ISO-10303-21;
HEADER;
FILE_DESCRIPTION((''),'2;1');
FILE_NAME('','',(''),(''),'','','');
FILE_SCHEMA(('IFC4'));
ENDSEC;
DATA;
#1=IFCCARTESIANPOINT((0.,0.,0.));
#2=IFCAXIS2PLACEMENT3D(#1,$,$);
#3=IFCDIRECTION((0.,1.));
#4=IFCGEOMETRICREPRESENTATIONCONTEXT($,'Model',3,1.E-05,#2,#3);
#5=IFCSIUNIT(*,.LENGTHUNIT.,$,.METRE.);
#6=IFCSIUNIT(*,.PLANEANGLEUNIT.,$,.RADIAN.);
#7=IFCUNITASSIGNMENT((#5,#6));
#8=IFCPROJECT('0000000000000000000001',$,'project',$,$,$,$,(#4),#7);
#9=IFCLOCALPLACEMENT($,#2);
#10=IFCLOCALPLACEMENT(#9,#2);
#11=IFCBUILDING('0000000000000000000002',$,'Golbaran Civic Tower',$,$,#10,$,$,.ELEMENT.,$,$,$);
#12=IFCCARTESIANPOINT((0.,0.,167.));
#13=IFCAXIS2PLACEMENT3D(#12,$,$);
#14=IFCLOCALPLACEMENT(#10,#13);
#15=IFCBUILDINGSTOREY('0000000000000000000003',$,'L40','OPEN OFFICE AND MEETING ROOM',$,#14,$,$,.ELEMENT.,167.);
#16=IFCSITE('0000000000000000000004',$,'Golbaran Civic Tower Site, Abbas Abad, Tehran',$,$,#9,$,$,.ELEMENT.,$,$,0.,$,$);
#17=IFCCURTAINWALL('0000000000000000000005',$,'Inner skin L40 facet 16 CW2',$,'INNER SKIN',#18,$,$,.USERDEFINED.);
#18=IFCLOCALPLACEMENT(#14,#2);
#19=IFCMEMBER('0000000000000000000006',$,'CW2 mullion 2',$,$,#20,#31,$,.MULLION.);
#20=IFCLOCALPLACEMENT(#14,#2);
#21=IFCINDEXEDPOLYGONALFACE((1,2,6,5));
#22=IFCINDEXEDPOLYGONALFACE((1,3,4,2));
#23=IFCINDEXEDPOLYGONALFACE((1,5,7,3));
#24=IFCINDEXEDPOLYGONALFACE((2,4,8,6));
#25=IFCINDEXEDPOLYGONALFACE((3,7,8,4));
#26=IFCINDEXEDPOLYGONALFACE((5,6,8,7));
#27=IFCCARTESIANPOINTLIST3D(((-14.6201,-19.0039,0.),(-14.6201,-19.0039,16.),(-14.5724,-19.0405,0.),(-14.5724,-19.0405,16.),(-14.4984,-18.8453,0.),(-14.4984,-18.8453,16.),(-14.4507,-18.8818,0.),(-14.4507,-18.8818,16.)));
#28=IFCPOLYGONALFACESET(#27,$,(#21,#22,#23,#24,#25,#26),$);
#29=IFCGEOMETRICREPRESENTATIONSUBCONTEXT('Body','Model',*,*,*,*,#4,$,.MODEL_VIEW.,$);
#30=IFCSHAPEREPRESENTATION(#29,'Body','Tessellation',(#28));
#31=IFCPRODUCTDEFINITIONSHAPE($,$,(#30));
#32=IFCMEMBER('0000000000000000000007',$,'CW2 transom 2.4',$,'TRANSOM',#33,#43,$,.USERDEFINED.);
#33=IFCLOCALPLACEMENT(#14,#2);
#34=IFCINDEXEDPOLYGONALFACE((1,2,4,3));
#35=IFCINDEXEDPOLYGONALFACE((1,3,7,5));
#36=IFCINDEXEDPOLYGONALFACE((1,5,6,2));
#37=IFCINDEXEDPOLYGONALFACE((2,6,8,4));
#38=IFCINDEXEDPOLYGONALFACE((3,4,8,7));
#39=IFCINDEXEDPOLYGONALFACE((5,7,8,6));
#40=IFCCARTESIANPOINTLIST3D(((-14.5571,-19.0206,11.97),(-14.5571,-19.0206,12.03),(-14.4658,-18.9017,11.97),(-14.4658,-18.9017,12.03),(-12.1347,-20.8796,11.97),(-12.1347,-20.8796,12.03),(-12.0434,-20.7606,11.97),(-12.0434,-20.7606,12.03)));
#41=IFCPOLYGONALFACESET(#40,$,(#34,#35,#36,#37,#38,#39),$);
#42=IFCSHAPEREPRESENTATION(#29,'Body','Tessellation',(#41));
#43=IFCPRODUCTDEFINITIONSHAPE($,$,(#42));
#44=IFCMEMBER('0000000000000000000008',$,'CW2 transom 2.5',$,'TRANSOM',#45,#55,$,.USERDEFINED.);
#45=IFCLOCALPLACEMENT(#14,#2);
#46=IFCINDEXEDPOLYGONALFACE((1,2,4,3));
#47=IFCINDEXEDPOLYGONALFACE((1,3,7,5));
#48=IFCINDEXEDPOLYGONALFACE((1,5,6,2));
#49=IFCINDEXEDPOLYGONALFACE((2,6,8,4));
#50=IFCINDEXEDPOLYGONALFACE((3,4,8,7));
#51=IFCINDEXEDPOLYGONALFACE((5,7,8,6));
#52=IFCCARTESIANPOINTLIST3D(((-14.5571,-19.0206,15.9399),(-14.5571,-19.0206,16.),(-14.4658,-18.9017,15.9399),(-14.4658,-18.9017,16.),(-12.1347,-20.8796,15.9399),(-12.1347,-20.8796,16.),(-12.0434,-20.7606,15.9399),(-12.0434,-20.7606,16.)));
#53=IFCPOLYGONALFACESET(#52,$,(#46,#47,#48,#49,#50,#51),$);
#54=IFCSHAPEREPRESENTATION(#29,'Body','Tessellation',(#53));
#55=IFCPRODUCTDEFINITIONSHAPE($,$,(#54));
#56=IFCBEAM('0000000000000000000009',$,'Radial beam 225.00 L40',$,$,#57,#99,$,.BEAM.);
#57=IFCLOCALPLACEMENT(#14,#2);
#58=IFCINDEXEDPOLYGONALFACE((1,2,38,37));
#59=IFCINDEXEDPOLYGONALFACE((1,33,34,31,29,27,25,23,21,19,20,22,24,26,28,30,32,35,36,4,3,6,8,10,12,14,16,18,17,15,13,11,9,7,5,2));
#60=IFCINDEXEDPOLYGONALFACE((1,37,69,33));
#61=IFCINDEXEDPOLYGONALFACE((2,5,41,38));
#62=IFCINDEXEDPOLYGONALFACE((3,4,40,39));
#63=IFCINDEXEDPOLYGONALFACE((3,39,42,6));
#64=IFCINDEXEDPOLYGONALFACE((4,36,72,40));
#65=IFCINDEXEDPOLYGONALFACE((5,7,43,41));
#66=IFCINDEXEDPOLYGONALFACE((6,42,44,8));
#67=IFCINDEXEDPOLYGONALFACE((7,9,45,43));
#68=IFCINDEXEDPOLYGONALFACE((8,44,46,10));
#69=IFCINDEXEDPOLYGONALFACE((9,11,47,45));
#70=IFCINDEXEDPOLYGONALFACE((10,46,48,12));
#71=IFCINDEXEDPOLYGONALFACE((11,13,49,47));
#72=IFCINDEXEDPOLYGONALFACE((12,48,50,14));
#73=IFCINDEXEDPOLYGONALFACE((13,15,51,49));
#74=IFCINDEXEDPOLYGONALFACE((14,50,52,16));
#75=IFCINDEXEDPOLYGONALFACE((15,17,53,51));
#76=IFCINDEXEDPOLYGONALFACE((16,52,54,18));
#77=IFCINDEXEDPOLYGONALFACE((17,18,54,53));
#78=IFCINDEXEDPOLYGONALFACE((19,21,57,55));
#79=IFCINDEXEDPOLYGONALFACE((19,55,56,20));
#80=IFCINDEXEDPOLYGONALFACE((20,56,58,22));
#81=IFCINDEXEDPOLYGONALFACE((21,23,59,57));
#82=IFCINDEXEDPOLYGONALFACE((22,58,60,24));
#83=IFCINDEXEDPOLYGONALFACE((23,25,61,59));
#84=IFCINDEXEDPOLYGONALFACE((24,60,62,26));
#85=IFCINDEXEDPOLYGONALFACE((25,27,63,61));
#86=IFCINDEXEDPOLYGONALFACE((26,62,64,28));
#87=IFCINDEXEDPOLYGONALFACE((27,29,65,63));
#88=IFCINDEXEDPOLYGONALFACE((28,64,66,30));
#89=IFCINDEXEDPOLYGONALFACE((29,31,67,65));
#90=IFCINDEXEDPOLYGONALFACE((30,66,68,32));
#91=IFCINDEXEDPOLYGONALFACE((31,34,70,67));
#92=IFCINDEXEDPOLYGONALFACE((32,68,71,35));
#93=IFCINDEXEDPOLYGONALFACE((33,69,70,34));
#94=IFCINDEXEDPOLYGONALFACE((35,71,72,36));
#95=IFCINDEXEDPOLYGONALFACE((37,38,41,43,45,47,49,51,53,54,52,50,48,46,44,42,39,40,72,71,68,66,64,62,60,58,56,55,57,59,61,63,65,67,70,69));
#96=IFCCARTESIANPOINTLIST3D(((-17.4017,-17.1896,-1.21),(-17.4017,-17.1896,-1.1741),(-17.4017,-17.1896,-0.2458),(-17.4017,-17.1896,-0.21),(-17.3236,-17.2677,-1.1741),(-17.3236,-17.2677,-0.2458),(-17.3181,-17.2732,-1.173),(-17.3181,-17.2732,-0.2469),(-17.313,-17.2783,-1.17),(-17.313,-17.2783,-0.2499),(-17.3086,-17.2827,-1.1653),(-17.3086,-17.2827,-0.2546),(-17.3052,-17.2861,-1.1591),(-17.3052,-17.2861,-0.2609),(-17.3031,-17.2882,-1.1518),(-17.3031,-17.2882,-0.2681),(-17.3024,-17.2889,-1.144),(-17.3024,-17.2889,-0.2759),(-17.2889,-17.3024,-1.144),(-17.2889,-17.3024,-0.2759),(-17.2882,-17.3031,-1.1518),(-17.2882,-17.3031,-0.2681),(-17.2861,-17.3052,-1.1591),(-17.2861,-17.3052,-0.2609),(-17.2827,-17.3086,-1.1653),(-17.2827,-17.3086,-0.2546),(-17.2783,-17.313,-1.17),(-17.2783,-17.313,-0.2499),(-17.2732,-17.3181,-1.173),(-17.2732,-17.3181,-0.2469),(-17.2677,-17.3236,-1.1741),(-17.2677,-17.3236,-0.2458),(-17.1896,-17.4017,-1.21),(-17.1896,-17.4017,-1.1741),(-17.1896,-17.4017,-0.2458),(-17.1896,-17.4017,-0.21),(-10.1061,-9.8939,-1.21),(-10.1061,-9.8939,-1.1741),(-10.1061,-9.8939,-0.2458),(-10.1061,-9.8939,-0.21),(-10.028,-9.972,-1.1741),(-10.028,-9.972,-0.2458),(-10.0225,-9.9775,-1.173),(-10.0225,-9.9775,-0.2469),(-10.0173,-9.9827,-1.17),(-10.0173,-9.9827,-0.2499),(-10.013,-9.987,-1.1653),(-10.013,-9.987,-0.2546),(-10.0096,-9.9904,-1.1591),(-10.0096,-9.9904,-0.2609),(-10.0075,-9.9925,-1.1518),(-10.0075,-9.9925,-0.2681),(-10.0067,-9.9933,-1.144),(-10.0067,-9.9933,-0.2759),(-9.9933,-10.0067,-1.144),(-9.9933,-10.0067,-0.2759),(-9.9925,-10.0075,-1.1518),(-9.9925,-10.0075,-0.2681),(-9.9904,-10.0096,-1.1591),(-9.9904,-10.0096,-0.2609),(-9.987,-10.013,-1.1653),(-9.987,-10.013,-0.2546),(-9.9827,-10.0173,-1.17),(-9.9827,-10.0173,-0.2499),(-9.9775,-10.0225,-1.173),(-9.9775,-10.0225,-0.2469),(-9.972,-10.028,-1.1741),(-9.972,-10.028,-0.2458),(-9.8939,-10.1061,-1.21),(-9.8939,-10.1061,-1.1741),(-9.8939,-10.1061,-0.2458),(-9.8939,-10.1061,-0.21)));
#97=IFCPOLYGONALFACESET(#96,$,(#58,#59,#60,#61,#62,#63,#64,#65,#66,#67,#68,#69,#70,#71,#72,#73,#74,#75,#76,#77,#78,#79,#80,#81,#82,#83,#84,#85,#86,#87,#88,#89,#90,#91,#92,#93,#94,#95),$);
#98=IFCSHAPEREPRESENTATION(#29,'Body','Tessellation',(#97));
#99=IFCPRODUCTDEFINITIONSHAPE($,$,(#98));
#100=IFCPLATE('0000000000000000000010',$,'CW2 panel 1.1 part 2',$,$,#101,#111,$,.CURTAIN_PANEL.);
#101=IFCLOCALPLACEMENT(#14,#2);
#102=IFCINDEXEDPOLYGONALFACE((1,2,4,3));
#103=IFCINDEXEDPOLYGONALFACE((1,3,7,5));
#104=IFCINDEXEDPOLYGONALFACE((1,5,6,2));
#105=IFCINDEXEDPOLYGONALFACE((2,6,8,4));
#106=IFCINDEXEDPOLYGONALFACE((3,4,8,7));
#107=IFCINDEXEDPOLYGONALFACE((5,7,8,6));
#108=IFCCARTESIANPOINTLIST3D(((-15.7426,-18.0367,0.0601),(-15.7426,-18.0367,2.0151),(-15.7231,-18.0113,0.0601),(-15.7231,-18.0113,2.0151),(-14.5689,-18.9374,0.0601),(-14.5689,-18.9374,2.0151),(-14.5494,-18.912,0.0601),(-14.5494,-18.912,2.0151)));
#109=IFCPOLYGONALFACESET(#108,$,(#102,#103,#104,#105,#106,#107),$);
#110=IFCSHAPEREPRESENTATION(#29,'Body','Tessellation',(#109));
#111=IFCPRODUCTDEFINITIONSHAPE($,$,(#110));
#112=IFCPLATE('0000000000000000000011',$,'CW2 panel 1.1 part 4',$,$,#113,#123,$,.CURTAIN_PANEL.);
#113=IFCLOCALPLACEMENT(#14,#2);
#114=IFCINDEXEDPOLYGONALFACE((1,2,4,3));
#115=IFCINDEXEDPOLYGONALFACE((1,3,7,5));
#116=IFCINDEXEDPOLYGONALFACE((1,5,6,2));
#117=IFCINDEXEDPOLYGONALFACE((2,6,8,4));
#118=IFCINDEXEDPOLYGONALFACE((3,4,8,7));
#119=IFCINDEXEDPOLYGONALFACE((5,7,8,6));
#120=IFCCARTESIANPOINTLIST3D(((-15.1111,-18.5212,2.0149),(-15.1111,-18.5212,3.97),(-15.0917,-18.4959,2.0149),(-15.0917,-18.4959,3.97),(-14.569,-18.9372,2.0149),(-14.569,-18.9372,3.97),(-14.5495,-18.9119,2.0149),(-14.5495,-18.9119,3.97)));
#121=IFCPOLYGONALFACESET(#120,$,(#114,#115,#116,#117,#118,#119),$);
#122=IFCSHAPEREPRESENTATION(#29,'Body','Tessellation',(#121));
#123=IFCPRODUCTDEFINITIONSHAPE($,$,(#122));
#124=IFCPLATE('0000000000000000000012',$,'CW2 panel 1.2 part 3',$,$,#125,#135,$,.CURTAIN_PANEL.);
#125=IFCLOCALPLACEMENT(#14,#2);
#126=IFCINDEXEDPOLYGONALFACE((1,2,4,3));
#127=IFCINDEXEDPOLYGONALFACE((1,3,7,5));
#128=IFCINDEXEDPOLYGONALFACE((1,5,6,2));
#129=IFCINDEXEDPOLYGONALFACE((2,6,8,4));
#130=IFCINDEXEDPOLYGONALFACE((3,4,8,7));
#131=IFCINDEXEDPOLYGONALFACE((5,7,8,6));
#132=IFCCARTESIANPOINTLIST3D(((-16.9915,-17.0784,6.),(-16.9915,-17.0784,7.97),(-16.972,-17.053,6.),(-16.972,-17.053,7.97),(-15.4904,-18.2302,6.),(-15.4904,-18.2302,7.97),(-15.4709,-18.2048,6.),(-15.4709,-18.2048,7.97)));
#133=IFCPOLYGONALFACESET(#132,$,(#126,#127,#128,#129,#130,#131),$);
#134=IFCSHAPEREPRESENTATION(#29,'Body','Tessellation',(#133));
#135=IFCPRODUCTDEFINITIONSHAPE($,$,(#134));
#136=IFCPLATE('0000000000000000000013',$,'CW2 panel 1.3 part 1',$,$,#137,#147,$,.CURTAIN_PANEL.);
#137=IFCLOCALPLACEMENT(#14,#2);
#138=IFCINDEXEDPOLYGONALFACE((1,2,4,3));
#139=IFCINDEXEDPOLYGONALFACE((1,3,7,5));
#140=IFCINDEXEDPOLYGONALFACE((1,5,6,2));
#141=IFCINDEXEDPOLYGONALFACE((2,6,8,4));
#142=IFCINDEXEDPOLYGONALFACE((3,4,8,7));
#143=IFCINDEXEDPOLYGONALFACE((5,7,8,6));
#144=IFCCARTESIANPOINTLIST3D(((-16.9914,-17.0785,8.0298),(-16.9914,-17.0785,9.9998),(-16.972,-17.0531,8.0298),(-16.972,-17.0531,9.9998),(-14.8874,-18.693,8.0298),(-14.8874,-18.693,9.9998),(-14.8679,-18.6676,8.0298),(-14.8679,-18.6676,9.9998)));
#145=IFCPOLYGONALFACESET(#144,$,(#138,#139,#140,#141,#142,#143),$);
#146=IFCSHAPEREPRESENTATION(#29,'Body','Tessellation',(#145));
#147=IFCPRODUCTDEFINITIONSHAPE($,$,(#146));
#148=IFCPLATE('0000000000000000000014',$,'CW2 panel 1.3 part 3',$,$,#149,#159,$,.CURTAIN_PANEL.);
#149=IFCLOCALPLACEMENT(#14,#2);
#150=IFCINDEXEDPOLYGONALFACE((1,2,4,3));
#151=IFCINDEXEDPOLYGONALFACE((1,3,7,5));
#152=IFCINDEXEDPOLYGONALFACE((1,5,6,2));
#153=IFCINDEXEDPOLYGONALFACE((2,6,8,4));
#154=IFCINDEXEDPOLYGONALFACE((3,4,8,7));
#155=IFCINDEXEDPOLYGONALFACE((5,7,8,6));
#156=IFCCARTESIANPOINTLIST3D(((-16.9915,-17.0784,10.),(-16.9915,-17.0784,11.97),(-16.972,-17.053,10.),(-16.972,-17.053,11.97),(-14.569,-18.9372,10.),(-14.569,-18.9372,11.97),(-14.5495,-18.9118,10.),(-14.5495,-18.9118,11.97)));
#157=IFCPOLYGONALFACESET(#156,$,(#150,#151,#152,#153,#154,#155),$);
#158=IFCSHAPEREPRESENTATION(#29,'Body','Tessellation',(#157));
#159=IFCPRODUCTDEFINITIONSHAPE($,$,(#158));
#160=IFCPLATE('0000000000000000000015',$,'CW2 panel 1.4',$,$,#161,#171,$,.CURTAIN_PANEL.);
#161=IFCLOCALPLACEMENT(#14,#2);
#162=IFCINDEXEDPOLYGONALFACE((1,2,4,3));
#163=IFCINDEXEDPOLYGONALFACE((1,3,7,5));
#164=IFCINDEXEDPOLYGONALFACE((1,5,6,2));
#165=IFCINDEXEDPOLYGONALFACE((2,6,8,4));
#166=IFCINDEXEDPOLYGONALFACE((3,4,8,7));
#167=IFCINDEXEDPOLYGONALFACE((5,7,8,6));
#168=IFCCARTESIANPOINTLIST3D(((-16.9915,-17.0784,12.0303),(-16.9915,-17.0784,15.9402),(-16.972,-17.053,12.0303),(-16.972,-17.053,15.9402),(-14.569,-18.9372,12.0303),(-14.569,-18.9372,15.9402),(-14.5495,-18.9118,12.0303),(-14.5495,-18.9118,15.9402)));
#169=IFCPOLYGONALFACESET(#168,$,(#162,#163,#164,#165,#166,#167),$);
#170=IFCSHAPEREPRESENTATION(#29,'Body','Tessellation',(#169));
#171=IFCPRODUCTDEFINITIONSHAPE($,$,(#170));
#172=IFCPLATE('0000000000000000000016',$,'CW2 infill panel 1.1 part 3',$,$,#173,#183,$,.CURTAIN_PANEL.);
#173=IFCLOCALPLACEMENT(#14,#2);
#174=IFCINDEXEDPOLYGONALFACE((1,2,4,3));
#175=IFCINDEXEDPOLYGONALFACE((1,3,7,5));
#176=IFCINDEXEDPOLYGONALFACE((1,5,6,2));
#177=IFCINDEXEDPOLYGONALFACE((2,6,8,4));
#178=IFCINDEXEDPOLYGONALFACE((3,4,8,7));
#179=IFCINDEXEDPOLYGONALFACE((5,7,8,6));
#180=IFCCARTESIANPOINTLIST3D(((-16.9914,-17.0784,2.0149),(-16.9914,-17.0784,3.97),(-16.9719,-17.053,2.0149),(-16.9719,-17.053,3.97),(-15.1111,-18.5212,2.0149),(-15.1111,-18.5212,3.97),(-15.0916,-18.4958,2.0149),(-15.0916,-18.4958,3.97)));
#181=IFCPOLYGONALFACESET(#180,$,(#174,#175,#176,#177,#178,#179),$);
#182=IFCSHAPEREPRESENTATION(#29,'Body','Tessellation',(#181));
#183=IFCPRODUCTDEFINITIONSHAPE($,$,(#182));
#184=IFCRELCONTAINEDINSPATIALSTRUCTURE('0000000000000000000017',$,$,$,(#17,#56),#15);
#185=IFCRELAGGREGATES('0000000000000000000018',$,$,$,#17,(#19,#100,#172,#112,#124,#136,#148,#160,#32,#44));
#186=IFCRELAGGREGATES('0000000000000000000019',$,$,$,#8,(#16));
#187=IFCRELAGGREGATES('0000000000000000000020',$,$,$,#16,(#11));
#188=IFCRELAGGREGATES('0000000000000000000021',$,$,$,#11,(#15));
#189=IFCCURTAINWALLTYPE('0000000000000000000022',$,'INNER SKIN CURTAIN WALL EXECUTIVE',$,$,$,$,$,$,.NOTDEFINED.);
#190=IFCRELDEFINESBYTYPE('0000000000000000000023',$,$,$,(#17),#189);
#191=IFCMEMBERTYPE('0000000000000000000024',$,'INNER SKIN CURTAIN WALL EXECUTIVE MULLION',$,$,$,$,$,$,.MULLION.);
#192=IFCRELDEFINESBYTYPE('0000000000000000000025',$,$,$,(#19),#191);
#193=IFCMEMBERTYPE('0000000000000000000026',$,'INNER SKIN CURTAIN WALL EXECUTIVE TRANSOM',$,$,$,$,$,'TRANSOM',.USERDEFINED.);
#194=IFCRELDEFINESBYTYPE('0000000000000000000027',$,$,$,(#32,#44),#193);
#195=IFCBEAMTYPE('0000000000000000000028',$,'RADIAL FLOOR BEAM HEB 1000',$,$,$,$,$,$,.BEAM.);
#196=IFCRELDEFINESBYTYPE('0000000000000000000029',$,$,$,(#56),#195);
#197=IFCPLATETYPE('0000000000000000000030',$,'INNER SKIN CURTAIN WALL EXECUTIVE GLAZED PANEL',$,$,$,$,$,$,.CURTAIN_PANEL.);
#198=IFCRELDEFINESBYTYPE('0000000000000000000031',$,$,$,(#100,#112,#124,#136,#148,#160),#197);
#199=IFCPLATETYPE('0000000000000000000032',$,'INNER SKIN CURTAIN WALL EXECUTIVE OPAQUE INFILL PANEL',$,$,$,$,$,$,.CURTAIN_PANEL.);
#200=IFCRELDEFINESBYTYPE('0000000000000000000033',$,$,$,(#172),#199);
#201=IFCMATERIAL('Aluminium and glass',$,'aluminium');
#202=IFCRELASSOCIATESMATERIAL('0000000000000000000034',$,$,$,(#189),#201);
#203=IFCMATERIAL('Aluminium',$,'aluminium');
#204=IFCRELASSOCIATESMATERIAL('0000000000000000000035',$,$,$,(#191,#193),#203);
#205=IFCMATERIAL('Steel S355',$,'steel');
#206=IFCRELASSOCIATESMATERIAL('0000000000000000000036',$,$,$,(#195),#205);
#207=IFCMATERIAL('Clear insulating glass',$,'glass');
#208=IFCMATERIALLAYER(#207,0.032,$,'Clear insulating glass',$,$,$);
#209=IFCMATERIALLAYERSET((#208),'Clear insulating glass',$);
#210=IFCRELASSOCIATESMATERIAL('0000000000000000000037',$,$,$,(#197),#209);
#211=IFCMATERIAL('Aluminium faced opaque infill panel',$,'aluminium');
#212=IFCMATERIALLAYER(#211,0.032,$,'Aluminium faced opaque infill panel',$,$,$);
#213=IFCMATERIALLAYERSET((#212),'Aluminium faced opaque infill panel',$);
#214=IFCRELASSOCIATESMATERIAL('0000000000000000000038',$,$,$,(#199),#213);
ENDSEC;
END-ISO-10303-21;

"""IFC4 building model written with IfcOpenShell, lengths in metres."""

from ifc_helpers import new_model, si_unit, direction, frame, origin, origin_2d, place, context, subcontext, project, spatial, rectangle, i_section, extrude, material, layer, layer_set, material_profile, profile_set, type_object, element, aggregate, save


model = new_model("IFC4")

# Units and contexts
model_context = context("Model", 3, precision=1e-05, world=origin(), true_north=direction((0.0, 1.0)))
body_context = subcontext(model_context, "Body", "Model", "MODEL_VIEW")
ifc_project = project(units=[si_unit("LENGTHUNIT", "METRE"), si_unit("PLANEANGLEUNIT", "RADIAN")], contexts=[model_context])

# Site, building, storey
site_placement = place(None, origin())
site = spatial("IfcSite", under=ifc_project, at=site_placement, Name="Golbaran Civic Tower Site, Abbas Abad, Tehran", CompositionType="ELEMENT", RefElevation=0.0)
building_placement = place(site_placement, origin())
building = spatial("IfcBuilding", under=site, at=building_placement, Name="Golbaran Civic Tower", CompositionType="ELEMENT")
storey_placement = place(building_placement, frame((0.0, 0.0, 167.0)))
storey = spatial("IfcBuildingStorey", under=building, at=storey_placement, Name="L40", Description="OPEN OFFICE AND MEETING ROOM", CompositionType="ELEMENT", Elevation=167.0)

# Shared definitions
ifc_material_1 = material(Name="Steel S355", Category="steel")

# Curtain wall, members
ifc_material_2 = material(Name="Aluminium and glass", Category="aluminium")
curtain_wall_type = type_object("IfcCurtainWallType", Name="INNER SKIN CURTAIN WALL EXECUTIVE", PredefinedType="NOTDEFINED", material=ifc_material_2)
curtain_wall_placement = place(storey_placement, origin())
curtain_wall = element("IfcCurtainWall", 1, at=curtain_wall_placement, inside=storey, type_object=curtain_wall_type, Name="Inner skin L40 facet 16 CW2", ObjectType="INNER SKIN", PredefinedType="USERDEFINED")
ifc_material_3 = material(Name="Aluminium", Category="aluminium")
ifc_material_profile_1 = material_profile(ifc_material_3, rectangle(XDim=0.2, YDim=0.0601, at=origin_2d()), Name="INNER SKIN CURTAIN WALL EXECUTIVE MULLION")
ifc_profile_set_1 = profile_set([ifc_material_profile_1], Name="Aluminium")
member_type_1 = type_object("IfcMemberType", Name="INNER SKIN CURTAIN WALL EXECUTIVE MULLION", PredefinedType="MULLION", material=ifc_profile_set_1)
member_1_placement = place(storey_placement, frame((-14.5354, -18.9429, 0.0), z_axis=(0.0, 0.0, 1.0), x_axis=(0.608761, 0.793353, 0.0)))
member_1 = element("IfcMember", 2, at=member_1_placement, type_object=member_type_1, Name="CW2 mullion 2", PredefinedType="MULLION", context=body_context, shape_type="SweptSolid", body=[
    extrude(rectangle(XDim=0.2, YDim=0.0601, at=origin_2d()), origin(), (0.0, 0.0, 1.0), 16.0),
])
ifc_material_profile_2 = material_profile(ifc_material_3, rectangle(XDim=0.1499, YDim=0.0601, at=origin_2d()), Name="INNER SKIN CURTAIN WALL EXECUTIVE TRANSOM")
ifc_profile_set_2 = profile_set([ifc_material_profile_2], Name="Aluminium")
member_type_2 = type_object("IfcMemberType", Name="INNER SKIN CURTAIN WALL EXECUTIVE TRANSOM", ElementType="TRANSOM", PredefinedType="USERDEFINED", material=ifc_profile_set_2)
member_2_placement = place(storey_placement, frame((-14.5115, -18.9612, 12.0), z_axis=(0.793331, -0.608791, 0.0), x_axis=(0.608791, 0.793331, 0.0)))
member_2 = element("IfcMember", 3, at=member_2_placement, type_object=member_type_2, Name="CW2 transom 2.4", ObjectType="TRANSOM", PredefinedType="USERDEFINED", context=body_context, shape_type="SweptSolid", body=[
    extrude(rectangle(XDim=0.1499, YDim=0.0601, at=origin_2d()), origin(), (0.0, 0.0, 1.0), 3.0535),
])
member_3_placement = place(storey_placement, frame((-14.5115, -18.9612, 15.97), z_axis=(0.793331, -0.608791, 0.0), x_axis=(0.608791, 0.793331, 0.0)))
member_3 = element("IfcMember", 4, at=member_3_placement, type_object=member_type_2, Name="CW2 transom 2.5", ObjectType="TRANSOM", PredefinedType="USERDEFINED", context=body_context, shape_type="SweptSolid", body=[
    extrude(rectangle(XDim=0.1499, YDim=0.0601, at=origin_2d()), origin(), (0.0, 0.0, 1.0), 3.0535),
])

# Beam
ifc_material_profile_3 = material_profile(ifc_material_1, i_section(OverallWidth=0.3, OverallDepth=1.0, WebThickness=0.019, FlangeThickness=0.0359, FilletRadius=0.03, at=origin_2d()), Name="HEB 1000")
ifc_profile_set_3 = profile_set([ifc_material_profile_3], Name="Steel S355")
beam_type_1 = type_object("IfcBeamType", Name="RADIAL FLOOR BEAM HEB 1000", PredefinedType="BEAM", material=ifc_profile_set_3)
beam_1_placement = place(storey_placement, frame((-10.0, -10.0, -0.71), z_axis=(-0.707107, -0.707107, 0.0), x_axis=(0.707107, -0.707107, 0.0)))
element("IfcBeam", 5, at=beam_1_placement, inside=storey, type_object=beam_type_1, Name="Radial beam 225.00 L40", PredefinedType="BEAM", context=body_context, shape_type="SweptSolid", body=[
    extrude(i_section(OverallWidth=0.3, OverallDepth=1.0, WebThickness=0.019, FlangeThickness=0.0359, FilletRadius=0.03, at=origin_2d()), origin(), (0.0, 0.0, 1.0), 10.3176),
])

# Plates
ifc_material_4 = material(Name="Clear insulating glass", Category="glass")
ifc_layer_1 = layer(ifc_material_4, 0.032, Name="Clear insulating glass")
ifc_layer_set_1 = layer_set([ifc_layer_1], Name="Clear insulating glass")
plate_type_1 = type_object("IfcPlateType", Name="INNER SKIN CURTAIN WALL EXECUTIVE GLAZED PANEL", PredefinedType="CURTAIN_PANEL", material=ifc_layer_set_1)
plate_1_placement = place(storey_placement, frame((-15.146, -18.4744, 0.0601), z_axis=(0.0, 0.0, 1.0), x_axis=(0.793353, -0.608761, 0.0)))
plate_1 = element("IfcPlate", 6, at=plate_1_placement, type_object=plate_type_1, Name="CW2 panel 1.1 part 2", PredefinedType="CURTAIN_PANEL", context=body_context, shape_type="SweptSolid", body=[
    extrude(rectangle(XDim=1.4795, YDim=0.032, at=origin_2d()), origin(), (0.0, 0.0, 1.0), 1.9551),
])
plate_2_placement = place(storey_placement, frame((-14.8303, -18.7166, 2.0149), z_axis=(0.0, 0.0, 1.0), x_axis=(0.793353, -0.608761, 0.0)))
plate_2 = element("IfcPlate", 7, at=plate_2_placement, type_object=plate_type_1, Name="CW2 panel 1.1 part 4", PredefinedType="CURTAIN_PANEL", context=body_context, shape_type="SweptSolid", body=[
    extrude(rectangle(XDim=0.6833, YDim=0.032, at=origin_2d()), origin(), (0.0, 0.0, 1.0), 1.9551),
])
plate_3_placement = place(storey_placement, frame((-16.2312, -17.6416, 6.0), z_axis=(0.0, 0.0, 1.0), x_axis=(0.793353, -0.608761, 0.0)))
plate_3 = element("IfcPlate", 8, at=plate_3_placement, type_object=plate_type_1, Name="CW2 panel 1.2 part 3", PredefinedType="CURTAIN_PANEL", context=body_context, shape_type="SweptSolid", body=[
    extrude(rectangle(XDim=1.8921, YDim=0.032, at=origin_2d()), origin(), (0.0, 0.0, 1.0), 1.97),
])
plate_4_placement = place(storey_placement, frame((-15.9297, -17.873, 8.0298), z_axis=(0.0, 0.0, 1.0), x_axis=(0.793353, -0.608761, 0.0)))
plate_4 = element("IfcPlate", 9, at=plate_4_placement, type_object=plate_type_1, Name="CW2 panel 1.3 part 1", PredefinedType="CURTAIN_PANEL", context=body_context, shape_type="SweptSolid", body=[
    extrude(rectangle(XDim=2.6521, YDim=0.032, at=origin_2d()), origin(), (0.0, 0.0, 1.0), 1.97),
])
plate_5_placement = place(storey_placement, frame((-15.7705, -17.9951, 10.0), z_axis=(0.0, 0.0, 1.0), x_axis=(0.793353, -0.608761, 0.0)))
plate_5 = element("IfcPlate", 10, at=plate_5_placement, type_object=plate_type_1, Name="CW2 panel 1.3 part 3", PredefinedType="CURTAIN_PANEL", context=body_context, shape_type="SweptSolid", body=[
    extrude(rectangle(XDim=3.0535, YDim=0.032, at=origin_2d()), origin(), (0.0, 0.0, 1.0), 1.97),
])
plate_6_placement = place(storey_placement, frame((-15.7705, -17.9951, 12.0303), z_axis=(0.0, 0.0, 1.0), x_axis=(0.793353, -0.608761, 0.0)))
plate_6 = element("IfcPlate", 11, at=plate_6_placement, type_object=plate_type_1, Name="CW2 panel 1.4", PredefinedType="CURTAIN_PANEL", context=body_context, shape_type="SweptSolid", body=[
    extrude(rectangle(XDim=3.0535, YDim=0.032, at=origin_2d()), origin(), (0.0, 0.0, 1.0), 3.9099),
])
ifc_material_5 = material(Name="Aluminium faced opaque infill panel", Category="aluminium")
ifc_layer_2 = layer(ifc_material_5, 0.032, Name="Aluminium faced opaque infill panel")
ifc_layer_set_2 = layer_set([ifc_layer_2], Name="Aluminium faced opaque infill panel")
plate_type_2 = type_object("IfcPlateType", Name="INNER SKIN CURTAIN WALL EXECUTIVE OPAQUE INFILL PANEL", PredefinedType="CURTAIN_PANEL", material=ifc_layer_set_2)
plate_7_placement = place(storey_placement, frame((-16.0415, -17.7871, 2.0149), z_axis=(0.0, 0.0, 1.0), x_axis=(0.793353, -0.608761, 0.0)))
plate_7 = element("IfcPlate", 12, at=plate_7_placement, type_object=plate_type_2, Name="CW2 infill panel 1.1 part 3", PredefinedType="CURTAIN_PANEL", context=body_context, shape_type="SweptSolid", body=[
    extrude(rectangle(XDim=2.3701, YDim=0.032, at=origin_2d()), origin(), (0.0, 0.0, 1.0), 1.9551),
])
aggregate(curtain_wall, [member_1, plate_1, plate_7, plate_2, plate_3, plate_4, plate_5, plate_6, member_2, member_3])

save(model, "model.ifc")
